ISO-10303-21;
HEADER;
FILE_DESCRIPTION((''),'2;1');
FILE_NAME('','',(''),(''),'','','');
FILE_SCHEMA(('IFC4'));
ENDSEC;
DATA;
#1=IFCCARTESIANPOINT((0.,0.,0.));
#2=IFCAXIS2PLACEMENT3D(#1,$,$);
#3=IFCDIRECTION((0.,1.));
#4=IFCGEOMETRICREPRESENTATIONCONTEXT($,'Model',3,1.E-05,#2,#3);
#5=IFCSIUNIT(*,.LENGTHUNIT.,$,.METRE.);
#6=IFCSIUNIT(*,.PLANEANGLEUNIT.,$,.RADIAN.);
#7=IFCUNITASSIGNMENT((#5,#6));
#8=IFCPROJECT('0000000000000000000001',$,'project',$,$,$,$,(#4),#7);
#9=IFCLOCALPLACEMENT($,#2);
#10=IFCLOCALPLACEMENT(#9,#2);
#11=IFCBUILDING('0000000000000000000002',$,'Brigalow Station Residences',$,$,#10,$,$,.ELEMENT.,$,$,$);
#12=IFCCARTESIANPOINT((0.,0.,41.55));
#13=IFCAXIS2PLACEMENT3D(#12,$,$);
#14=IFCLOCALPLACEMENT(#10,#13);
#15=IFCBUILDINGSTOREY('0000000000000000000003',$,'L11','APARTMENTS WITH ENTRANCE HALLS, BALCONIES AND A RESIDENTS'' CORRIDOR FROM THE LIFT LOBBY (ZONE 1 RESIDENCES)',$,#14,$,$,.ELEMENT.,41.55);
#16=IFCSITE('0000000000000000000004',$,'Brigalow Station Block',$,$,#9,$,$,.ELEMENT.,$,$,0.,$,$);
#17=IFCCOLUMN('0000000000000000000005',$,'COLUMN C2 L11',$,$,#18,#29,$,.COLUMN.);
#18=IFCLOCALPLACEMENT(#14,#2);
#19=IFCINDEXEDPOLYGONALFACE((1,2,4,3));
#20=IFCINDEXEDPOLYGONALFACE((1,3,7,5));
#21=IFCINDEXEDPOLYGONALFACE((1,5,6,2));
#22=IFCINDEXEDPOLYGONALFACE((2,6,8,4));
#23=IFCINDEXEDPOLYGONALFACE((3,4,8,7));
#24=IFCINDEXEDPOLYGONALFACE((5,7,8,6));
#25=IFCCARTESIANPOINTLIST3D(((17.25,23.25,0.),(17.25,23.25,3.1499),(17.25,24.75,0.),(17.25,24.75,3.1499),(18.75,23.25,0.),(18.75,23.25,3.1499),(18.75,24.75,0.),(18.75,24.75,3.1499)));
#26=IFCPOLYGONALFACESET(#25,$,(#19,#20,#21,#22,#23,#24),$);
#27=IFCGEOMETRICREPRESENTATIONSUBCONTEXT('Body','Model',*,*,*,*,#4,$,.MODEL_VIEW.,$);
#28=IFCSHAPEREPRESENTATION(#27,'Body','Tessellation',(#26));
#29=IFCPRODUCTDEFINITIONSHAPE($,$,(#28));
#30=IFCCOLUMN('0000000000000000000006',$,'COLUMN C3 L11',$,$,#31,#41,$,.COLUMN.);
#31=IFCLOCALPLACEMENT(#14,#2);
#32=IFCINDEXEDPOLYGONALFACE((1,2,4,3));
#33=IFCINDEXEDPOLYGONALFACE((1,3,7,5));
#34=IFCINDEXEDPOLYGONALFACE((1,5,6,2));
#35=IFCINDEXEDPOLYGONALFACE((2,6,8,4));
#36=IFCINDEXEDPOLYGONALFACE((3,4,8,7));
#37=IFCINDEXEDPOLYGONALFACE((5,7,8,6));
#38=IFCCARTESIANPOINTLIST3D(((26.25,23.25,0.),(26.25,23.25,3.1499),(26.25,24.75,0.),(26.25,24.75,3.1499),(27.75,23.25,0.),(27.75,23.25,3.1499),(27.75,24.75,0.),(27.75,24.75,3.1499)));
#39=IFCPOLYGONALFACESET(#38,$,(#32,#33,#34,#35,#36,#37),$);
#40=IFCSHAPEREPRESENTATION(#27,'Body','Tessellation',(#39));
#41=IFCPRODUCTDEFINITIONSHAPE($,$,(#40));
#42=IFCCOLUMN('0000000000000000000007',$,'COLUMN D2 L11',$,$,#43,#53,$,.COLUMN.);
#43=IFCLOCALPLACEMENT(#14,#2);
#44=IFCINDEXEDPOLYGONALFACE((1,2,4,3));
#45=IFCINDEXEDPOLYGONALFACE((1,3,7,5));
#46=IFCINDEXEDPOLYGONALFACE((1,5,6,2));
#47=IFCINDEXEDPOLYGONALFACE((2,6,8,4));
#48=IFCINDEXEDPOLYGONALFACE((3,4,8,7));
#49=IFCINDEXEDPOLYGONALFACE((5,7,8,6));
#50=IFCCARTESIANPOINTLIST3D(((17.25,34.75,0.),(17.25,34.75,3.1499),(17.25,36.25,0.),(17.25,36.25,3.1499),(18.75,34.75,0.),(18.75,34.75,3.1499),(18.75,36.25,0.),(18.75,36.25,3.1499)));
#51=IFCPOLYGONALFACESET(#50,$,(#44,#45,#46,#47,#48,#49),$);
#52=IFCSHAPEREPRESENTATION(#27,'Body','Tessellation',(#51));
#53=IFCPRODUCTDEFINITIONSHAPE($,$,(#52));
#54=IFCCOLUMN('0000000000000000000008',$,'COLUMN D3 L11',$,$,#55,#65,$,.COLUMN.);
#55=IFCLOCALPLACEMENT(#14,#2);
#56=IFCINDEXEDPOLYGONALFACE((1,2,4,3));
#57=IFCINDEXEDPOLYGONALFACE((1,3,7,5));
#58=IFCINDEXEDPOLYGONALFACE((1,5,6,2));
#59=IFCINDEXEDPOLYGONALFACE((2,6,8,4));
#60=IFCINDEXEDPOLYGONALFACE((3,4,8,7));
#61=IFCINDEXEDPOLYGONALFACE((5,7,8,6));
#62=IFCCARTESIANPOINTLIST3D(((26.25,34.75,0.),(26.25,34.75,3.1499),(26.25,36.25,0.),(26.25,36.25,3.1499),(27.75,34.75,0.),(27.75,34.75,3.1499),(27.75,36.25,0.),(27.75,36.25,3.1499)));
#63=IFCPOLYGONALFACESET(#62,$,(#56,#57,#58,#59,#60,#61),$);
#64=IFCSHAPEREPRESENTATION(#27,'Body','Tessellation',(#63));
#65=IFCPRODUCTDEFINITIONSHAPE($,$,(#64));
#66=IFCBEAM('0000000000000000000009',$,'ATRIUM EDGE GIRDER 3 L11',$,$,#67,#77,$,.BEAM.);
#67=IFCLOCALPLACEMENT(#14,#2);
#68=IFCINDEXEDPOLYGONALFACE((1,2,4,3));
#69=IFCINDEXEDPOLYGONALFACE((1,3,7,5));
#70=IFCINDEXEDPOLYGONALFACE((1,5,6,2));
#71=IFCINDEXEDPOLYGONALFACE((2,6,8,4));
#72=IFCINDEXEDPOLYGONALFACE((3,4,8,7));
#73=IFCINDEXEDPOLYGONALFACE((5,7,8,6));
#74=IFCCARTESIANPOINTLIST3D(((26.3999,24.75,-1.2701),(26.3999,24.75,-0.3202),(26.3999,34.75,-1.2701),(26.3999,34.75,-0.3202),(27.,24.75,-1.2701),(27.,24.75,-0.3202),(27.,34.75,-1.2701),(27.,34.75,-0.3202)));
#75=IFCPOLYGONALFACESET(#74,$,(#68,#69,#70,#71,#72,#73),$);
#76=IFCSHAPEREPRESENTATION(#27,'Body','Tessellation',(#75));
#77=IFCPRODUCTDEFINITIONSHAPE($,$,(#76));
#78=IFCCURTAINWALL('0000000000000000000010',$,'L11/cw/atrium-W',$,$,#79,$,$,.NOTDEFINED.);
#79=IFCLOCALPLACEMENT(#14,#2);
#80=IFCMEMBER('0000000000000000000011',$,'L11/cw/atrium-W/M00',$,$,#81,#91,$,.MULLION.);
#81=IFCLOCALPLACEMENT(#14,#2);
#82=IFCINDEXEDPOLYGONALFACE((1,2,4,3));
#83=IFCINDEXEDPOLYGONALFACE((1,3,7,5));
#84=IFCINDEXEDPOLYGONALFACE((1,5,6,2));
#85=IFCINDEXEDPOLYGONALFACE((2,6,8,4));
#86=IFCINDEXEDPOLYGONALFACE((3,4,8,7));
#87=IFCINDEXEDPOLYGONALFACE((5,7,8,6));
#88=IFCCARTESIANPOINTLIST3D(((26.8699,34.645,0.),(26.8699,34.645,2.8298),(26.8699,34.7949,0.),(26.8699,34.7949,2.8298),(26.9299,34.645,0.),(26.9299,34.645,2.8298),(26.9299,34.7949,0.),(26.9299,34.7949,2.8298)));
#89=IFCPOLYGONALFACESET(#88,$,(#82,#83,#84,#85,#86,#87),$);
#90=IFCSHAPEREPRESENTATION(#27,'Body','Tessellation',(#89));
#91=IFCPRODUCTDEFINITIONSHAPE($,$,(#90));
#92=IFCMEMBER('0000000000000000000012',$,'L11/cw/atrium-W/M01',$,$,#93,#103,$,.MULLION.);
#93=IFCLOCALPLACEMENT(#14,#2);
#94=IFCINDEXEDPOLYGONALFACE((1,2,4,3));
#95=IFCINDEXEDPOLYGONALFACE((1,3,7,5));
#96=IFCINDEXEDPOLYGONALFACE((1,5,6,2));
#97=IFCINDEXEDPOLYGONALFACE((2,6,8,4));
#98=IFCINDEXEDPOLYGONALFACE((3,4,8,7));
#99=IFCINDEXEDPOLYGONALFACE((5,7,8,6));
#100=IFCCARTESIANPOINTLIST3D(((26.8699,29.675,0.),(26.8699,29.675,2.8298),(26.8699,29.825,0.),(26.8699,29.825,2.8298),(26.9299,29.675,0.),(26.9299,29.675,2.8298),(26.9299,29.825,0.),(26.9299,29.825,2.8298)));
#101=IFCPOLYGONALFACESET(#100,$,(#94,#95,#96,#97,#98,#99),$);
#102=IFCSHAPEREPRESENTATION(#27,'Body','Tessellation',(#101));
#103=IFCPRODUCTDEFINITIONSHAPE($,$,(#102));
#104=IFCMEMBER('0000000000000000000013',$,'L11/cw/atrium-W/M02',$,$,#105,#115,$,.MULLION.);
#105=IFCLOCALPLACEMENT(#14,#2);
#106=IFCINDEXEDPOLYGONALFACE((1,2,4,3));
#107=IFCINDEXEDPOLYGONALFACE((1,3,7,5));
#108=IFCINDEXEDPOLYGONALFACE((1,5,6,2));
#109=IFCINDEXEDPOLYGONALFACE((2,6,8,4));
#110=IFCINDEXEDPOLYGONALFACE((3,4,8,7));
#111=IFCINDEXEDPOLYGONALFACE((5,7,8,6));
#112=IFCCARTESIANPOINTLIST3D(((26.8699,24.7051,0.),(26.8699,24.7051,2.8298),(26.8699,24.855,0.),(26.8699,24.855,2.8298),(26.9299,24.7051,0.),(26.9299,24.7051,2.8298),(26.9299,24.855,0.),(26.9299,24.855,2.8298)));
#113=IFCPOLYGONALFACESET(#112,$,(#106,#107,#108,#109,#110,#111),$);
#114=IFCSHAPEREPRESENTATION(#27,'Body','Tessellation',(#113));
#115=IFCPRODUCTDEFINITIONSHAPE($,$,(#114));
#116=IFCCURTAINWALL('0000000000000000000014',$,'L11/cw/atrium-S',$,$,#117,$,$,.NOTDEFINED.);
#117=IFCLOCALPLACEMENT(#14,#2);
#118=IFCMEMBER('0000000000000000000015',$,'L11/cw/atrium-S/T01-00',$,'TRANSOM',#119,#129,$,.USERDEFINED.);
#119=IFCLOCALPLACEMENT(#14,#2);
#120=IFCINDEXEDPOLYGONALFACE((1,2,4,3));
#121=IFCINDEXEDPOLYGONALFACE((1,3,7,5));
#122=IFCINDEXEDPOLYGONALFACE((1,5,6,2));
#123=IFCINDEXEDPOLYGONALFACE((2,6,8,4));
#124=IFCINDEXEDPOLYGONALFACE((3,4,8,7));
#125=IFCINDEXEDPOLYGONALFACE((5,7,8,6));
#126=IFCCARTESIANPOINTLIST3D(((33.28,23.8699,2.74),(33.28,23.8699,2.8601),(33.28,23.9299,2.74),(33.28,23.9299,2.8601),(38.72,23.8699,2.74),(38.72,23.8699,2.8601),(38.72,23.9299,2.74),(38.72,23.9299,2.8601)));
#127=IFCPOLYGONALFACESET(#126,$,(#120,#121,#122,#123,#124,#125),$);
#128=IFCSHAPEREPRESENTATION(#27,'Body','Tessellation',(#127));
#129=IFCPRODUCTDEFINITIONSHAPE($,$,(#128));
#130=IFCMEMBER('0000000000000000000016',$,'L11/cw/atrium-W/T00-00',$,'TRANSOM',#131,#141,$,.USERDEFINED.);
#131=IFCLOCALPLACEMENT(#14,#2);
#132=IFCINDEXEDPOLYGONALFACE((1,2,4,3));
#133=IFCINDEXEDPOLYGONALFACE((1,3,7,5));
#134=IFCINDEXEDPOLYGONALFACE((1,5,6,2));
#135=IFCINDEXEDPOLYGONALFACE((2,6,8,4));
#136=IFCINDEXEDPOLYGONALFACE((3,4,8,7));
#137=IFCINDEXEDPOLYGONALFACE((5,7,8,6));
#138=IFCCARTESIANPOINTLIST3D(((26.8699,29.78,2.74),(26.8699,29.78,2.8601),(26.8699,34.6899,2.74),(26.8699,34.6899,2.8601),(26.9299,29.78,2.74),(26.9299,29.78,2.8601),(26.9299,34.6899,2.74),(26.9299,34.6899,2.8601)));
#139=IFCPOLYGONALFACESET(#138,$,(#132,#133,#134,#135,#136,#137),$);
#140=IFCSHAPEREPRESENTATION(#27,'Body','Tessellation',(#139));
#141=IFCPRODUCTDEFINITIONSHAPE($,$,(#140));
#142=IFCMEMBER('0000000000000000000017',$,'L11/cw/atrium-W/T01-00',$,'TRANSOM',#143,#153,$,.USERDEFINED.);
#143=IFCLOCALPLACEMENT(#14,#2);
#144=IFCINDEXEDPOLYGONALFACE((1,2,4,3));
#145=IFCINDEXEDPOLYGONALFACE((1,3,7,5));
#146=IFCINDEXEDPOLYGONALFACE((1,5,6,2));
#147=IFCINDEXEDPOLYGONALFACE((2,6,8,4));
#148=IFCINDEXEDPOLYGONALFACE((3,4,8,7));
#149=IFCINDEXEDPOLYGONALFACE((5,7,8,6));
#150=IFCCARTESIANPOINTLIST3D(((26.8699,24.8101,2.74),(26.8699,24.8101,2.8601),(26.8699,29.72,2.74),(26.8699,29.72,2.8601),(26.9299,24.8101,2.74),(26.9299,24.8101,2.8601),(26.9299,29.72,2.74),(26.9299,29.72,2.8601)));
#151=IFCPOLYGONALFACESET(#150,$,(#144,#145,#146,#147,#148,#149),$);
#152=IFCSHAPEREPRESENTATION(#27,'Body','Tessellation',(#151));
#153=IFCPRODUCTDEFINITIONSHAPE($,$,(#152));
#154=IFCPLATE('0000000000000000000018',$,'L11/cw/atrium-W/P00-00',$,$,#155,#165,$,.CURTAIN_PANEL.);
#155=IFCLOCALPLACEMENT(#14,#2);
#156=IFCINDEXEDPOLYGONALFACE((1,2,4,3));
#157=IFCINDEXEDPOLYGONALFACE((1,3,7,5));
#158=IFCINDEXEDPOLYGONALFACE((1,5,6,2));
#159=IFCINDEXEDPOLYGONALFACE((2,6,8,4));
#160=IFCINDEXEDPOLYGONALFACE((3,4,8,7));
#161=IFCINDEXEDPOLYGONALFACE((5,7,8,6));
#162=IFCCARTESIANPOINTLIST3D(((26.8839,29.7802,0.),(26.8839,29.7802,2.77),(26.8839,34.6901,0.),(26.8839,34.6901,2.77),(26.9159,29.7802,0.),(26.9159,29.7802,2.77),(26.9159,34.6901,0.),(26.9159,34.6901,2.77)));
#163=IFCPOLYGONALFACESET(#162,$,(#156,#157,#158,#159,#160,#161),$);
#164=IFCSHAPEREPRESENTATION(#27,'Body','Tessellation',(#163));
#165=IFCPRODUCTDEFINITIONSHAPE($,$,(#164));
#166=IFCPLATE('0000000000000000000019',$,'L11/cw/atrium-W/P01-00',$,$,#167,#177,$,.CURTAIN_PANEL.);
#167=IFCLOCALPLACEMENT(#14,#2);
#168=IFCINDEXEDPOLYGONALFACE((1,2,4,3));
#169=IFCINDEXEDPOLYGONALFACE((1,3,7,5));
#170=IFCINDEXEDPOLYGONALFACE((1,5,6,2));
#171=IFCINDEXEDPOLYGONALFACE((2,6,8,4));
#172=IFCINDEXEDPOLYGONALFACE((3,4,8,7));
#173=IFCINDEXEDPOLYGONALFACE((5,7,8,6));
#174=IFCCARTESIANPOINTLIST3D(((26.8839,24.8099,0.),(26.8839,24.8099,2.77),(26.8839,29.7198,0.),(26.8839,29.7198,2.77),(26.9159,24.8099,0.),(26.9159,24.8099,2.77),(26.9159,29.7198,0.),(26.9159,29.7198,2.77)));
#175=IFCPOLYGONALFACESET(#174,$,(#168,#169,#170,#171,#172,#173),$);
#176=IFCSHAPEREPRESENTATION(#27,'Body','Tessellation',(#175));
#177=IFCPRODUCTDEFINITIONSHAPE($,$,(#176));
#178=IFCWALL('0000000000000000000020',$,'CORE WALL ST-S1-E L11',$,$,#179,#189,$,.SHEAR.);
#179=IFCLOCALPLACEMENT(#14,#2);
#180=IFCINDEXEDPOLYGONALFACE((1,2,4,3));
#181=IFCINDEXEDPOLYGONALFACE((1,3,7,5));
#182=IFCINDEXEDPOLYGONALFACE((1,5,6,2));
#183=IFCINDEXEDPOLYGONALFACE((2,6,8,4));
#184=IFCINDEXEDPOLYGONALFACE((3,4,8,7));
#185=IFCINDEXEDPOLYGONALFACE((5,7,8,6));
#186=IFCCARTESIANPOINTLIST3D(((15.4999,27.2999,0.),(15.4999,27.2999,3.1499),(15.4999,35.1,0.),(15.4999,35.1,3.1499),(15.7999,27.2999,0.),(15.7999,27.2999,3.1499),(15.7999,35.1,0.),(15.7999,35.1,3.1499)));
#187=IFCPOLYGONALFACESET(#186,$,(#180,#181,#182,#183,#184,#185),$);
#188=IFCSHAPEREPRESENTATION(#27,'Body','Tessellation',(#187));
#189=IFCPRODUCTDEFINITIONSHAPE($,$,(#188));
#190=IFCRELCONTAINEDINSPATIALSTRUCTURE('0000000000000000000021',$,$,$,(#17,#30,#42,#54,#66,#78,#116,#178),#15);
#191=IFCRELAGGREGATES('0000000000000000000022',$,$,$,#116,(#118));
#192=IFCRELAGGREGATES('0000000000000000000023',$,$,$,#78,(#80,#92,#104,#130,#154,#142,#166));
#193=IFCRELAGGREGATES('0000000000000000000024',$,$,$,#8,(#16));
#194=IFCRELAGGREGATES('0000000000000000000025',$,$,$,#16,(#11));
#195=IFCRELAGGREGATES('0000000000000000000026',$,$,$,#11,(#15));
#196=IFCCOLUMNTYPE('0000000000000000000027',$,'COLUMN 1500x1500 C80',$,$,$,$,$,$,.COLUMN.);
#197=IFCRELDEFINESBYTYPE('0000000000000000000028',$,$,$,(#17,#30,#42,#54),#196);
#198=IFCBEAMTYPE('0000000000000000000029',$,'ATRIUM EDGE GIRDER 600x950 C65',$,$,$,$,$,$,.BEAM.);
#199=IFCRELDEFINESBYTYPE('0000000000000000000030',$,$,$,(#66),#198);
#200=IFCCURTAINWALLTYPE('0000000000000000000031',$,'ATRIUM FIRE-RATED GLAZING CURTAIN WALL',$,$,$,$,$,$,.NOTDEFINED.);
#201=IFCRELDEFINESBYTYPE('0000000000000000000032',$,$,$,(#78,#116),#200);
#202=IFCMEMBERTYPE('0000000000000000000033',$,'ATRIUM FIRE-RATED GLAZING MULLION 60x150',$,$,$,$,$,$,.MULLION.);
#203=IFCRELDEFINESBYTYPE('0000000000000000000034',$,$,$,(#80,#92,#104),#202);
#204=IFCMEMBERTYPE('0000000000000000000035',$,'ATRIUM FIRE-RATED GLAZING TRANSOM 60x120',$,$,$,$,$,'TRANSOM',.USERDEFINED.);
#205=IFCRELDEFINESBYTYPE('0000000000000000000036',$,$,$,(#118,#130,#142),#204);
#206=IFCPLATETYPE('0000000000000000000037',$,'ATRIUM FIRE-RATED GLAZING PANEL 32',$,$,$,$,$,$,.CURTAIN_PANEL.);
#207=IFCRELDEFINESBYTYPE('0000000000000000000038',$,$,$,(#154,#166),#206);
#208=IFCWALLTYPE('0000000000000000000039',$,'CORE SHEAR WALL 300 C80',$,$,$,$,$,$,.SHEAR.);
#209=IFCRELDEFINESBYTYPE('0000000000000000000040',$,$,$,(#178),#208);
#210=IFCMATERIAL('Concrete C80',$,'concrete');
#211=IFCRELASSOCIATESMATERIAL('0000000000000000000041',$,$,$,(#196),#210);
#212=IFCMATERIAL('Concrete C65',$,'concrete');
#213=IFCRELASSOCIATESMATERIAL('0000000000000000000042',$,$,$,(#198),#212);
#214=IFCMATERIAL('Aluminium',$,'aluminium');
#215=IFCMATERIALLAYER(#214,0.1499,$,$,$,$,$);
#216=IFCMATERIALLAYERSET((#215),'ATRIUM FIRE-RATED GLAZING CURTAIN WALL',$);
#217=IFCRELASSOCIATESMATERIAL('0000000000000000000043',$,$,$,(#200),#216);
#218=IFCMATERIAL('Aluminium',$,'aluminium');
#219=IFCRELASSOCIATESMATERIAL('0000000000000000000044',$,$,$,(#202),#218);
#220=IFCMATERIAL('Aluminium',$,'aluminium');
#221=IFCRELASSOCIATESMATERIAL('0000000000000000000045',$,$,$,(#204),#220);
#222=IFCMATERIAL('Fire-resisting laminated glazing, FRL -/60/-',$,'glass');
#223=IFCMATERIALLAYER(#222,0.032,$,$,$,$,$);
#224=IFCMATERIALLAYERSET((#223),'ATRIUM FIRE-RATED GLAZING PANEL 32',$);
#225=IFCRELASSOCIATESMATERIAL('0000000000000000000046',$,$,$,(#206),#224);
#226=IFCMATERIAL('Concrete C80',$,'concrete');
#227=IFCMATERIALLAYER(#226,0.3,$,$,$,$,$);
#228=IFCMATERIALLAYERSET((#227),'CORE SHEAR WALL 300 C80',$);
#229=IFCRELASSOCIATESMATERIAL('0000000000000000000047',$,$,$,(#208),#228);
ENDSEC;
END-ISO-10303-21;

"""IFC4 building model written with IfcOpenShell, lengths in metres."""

from ifc_helpers import new_model, si_unit, direction, frame, frame_2d, origin, origin_2d, place, context, subcontext, project, spatial, rectangle, extrude, material, layer, layer_set, material_profile, profile_set, type_object, element, aggregate, save


model = new_model("IFC4")

# Units and contexts
model_context = context("Model", 3, precision=1e-05, world=origin(), true_north=direction((0.0, 1.0)))
body_context = subcontext(model_context, "Body", "Model", "MODEL_VIEW")
ifc_project = project(units=[si_unit("LENGTHUNIT", "METRE"), si_unit("PLANEANGLEUNIT", "RADIAN")], contexts=[model_context])

# Site, building, storey
site_placement = place(None, origin())
site = spatial("IfcSite", under=ifc_project, at=site_placement, Name="Brigalow Station Block", CompositionType="ELEMENT", RefElevation=0.0)
building_placement = place(site_placement, origin())
building = spatial("IfcBuilding", under=site, at=building_placement, Name="Brigalow Station Residences", CompositionType="ELEMENT")
storey_placement = place(building_placement, frame((0.0, 0.0, 41.55)))
storey = spatial("IfcBuildingStorey", under=building, at=storey_placement, Name="L11", Description="APARTMENTS WITH ENTRANCE HALLS, BALCONIES AND A RESIDENTS' CORRIDOR FROM THE LIFT LOBBY (ZONE 1 RESIDENCES)", CompositionType="ELEMENT", Elevation=41.55)

# Columns
ifc_material_1 = material(Name="Concrete C80", Category="concrete")
ifc_material_profile_1 = material_profile(ifc_material_1, rectangle(XDim=1.5, YDim=1.5, at=origin_2d()), Name="RC1500x1500")
ifc_profile_set_1 = profile_set([ifc_material_profile_1], Name="Concrete C80")
column_type = type_object("IfcColumnType", Name="COLUMN 1500x1500 C80", PredefinedType="COLUMN", material=ifc_profile_set_1)
for number, where, z_axis, x_axis, name in (
    (1, (18.0, 24.0, 0.0), (0.0, 0.0, 1.0), (1.0, 0.0, 0.0), "COLUMN C2 L11"),
    (2, (27.0, 24.0, 0.0), (0.0, 0.0, 1.0), (1.0, 0.0, 0.0), "COLUMN C3 L11"),
    (3, (18.0, 35.5, 0.0), (0.0, 0.0, 1.0), (1.0, 0.0, 0.0), "COLUMN D2 L11"),
    (4, (27.0, 35.5, 0.0), (0.0, 0.0, 1.0), (1.0, 0.0, 0.0), "COLUMN D3 L11"),
):
    element("IfcColumn", number, at=place(storey_placement, frame(where, z_axis=z_axis, x_axis=x_axis)), inside=storey, type_object=column_type, Name=name, PredefinedType="COLUMN", context=body_context, shape_type="SweptSolid", body=[
        extrude(rectangle(XDim=1.5, YDim=1.5, at=origin_2d()), origin(), (0.0, 0.0, 1.0), 3.1499),
    ])

# Beam
ifc_material_2 = material(Name="Concrete C65", Category="concrete")
ifc_material_profile_2 = material_profile(ifc_material_2, rectangle(XDim=0.6001, YDim=0.95, at=origin_2d()), Name="RC600x950")
ifc_profile_set_2 = profile_set([ifc_material_profile_2], Name="Concrete C65")
beam_type = type_object("IfcBeamType", Name="ATRIUM EDGE GIRDER 600x950 C65", PredefinedType="BEAM", material=ifc_profile_set_2)
beam_placement = place(storey_placement, frame((26.7, 24.75, -0.7952), z_axis=(0.0, 1.0, 0.0), x_axis=(-1.0, 0.0, 0.0)))
element("IfcBeam", 5, at=beam_placement, inside=storey, type_object=beam_type, Name="ATRIUM EDGE GIRDER 3 L11", PredefinedType="BEAM", context=body_context, shape_type="SweptSolid", body=[
    extrude(rectangle(XDim=0.6001, YDim=0.95, at=origin_2d()), origin(), (0.0, 0.0, 1.0), 10.0),
])

# Curtain wall, members
ifc_material_3 = material(Name="Aluminium", Category="aluminium")
ifc_layer_1 = layer(ifc_material_3, 0.1499)
ifc_layer_set_1 = layer_set([ifc_layer_1], Name="ATRIUM FIRE-RATED GLAZING CURTAIN WALL")
curtain_wall_type = type_object("IfcCurtainWallType", Name="ATRIUM FIRE-RATED GLAZING CURTAIN WALL", PredefinedType="NOTDEFINED", material=ifc_layer_set_1)
curtain_wall_1_placement = place(storey_placement, origin())
curtain_wall_1 = element("IfcCurtainWall", 6, at=curtain_wall_1_placement, inside=storey, type_object=curtain_wall_type, Name="L11/cw/atrium-W", PredefinedType="NOTDEFINED")
ifc_material_4 = material(Name="Aluminium", Category="aluminium")
ifc_material_profile_3 = material_profile(ifc_material_4, rectangle(XDim=0.0601, YDim=0.1499, at=origin_2d()), Name="ATRIUM FIRE-RATED GLAZING MULLION 60x150")
ifc_profile_set_3 = profile_set([ifc_material_profile_3], Name="Aluminium")
member_type_1 = type_object("IfcMemberType", Name="ATRIUM FIRE-RATED GLAZING MULLION 60x150", PredefinedType="MULLION", material=ifc_profile_set_3)
member_1_placement = place(storey_placement, frame((26.8999, 34.72, 0.0), z_axis=(0.0, 0.0, 1.0), x_axis=(1.0, 0.0, 0.0)))
member_1 = element("IfcMember", 7, at=member_1_placement, type_object=member_type_1, Name="L11/cw/atrium-W/M00", PredefinedType="MULLION", context=body_context, shape_type="SweptSolid", body=[
    extrude(rectangle(XDim=0.0601, YDim=0.1499, at=origin_2d()), origin(), (0.0, 0.0, 1.0), 2.8298),
])
member_2_placement = place(storey_placement, frame((26.8999, 29.75, 0.0), z_axis=(0.0, 0.0, 1.0), x_axis=(1.0, 0.0, 0.0)))
member_2 = element("IfcMember", 8, at=member_2_placement, type_object=member_type_1, Name="L11/cw/atrium-W/M01", PredefinedType="MULLION", context=body_context, shape_type="SweptSolid", body=[
    extrude(rectangle(XDim=0.0601, YDim=0.1499, at=origin_2d()), origin(), (0.0, 0.0, 1.0), 2.8298),
])
member_3_placement = place(storey_placement, frame((26.8999, 24.78, 0.0), z_axis=(0.0, 0.0, 1.0), x_axis=(1.0, 0.0, 0.0)))
member_3 = element("IfcMember", 9, at=member_3_placement, type_object=member_type_1, Name="L11/cw/atrium-W/M02", PredefinedType="MULLION", context=body_context, shape_type="SweptSolid", body=[
    extrude(rectangle(XDim=0.0601, YDim=0.1499, at=origin_2d()), origin(), (0.0, 0.0, 1.0), 2.8298),
])

# Curtain wall, member
curtain_wall_2_placement = place(storey_placement, origin())
curtain_wall_2 = element("IfcCurtainWall", 10, at=curtain_wall_2_placement, inside=storey, type_object=curtain_wall_type, Name="L11/cw/atrium-S", PredefinedType="NOTDEFINED")
ifc_material_5 = material(Name="Aluminium", Category="aluminium")
ifc_material_profile_4 = material_profile(ifc_material_5, rectangle(XDim=0.0601, YDim=0.1201, at=origin_2d()), Name="ATRIUM FIRE-RATED GLAZING TRANSOM 60x120")
ifc_profile_set_4 = profile_set([ifc_material_profile_4], Name="Aluminium")
member_type_2 = type_object("IfcMemberType", Name="ATRIUM FIRE-RATED GLAZING TRANSOM 60x120", ElementType="TRANSOM", PredefinedType="USERDEFINED", material=ifc_profile_set_4)
member_4_placement = place(storey_placement, frame((33.28, 23.8999, 2.8), z_axis=(1.0, 0.0, 0.0), x_axis=(0.0, 1.0, 0.0)))
member_4 = element("IfcMember", 11, at=member_4_placement, type_object=member_type_2, Name="L11/cw/atrium-S/T01-00", ObjectType="TRANSOM", PredefinedType="USERDEFINED", context=body_context, shape_type="SweptSolid", body=[
    extrude(rectangle(XDim=0.0601, YDim=0.1201, at=origin_2d()), origin(), (0.0, 0.0, 1.0), 5.4399),
])
aggregate(curtain_wall_2, [member_4])

# Members
member_5_placement = place(storey_placement, frame((26.8999, 34.6899, 2.8), z_axis=(0.0, -1.0, 0.0), x_axis=(1.0, 0.0, 0.0)))
member_5 = element("IfcMember", 12, at=member_5_placement, type_object=member_type_2, Name="L11/cw/atrium-W/T00-00", ObjectType="TRANSOM", PredefinedType="USERDEFINED", context=body_context, shape_type="SweptSolid", body=[
    extrude(rectangle(XDim=0.0601, YDim=0.1201, at=origin_2d()), origin(), (0.0, 0.0, 1.0), 4.9099),
])
member_6_placement = place(storey_placement, frame((26.8999, 29.72, 2.8), z_axis=(0.0, -1.0, 0.0), x_axis=(1.0, 0.0, 0.0)))
member_6 = element("IfcMember", 13, at=member_6_placement, type_object=member_type_2, Name="L11/cw/atrium-W/T01-00", ObjectType="TRANSOM", PredefinedType="USERDEFINED", context=body_context, shape_type="SweptSolid", body=[
    extrude(rectangle(XDim=0.0601, YDim=0.1201, at=origin_2d()), origin(), (0.0, 0.0, 1.0), 4.9099),
])

# Plates
ifc_material_6 = material(Name="Fire-resisting laminated glazing, FRL -/60/-", Category="glass")
ifc_layer_2 = layer(ifc_material_6, 0.032)
ifc_layer_set_2 = layer_set([ifc_layer_2], Name="ATRIUM FIRE-RATED GLAZING PANEL 32")
plate_type = type_object("IfcPlateType", Name="ATRIUM FIRE-RATED GLAZING PANEL 32", PredefinedType="CURTAIN_PANEL", material=ifc_layer_set_2)
plate_1_placement = place(storey_placement, frame((26.8999, 32.2351, 0.0), z_axis=(0.0, 0.0, 1.0), x_axis=(0.0, -1.0, 0.0)))
plate_1 = element("IfcPlate", 14, at=plate_1_placement, type_object=plate_type, Name="L11/cw/atrium-W/P00-00", PredefinedType="CURTAIN_PANEL", context=body_context, shape_type="SweptSolid", body=[
    extrude(rectangle(XDim=4.9099, YDim=0.032, at=origin_2d()), origin(), (0.0, 0.0, 1.0), 2.77),
])
plate_2_placement = place(storey_placement, frame((26.8999, 27.2649, 0.0), z_axis=(0.0, 0.0, 1.0), x_axis=(0.0, -1.0, 0.0)))
plate_2 = element("IfcPlate", 15, at=plate_2_placement, type_object=plate_type, Name="L11/cw/atrium-W/P01-00", PredefinedType="CURTAIN_PANEL", context=body_context, shape_type="SweptSolid", body=[
    extrude(rectangle(XDim=4.9099, YDim=0.032, at=origin_2d()), origin(), (0.0, 0.0, 1.0), 2.77),
])
aggregate(curtain_wall_1, [member_1, member_2, member_3, member_5, plate_1, member_6, plate_2])

# Wall
ifc_material_7 = material(Name="Concrete C80", Category="concrete")
ifc_layer_3 = layer(ifc_material_7, 0.3)
ifc_layer_set_3 = layer_set([ifc_layer_3], Name="CORE SHEAR WALL 300 C80")
wall_type_1 = type_object("IfcWallType", Name="CORE SHEAR WALL 300 C80", PredefinedType="SHEAR", material=ifc_layer_set_3)
wall_1_placement = place(storey_placement, frame((15.6499, 27.3, 0.0), z_axis=(0.0, 0.0, 1.0), x_axis=(0.0, 1.0, 0.0)))
element("IfcWall", 16, at=wall_1_placement, inside=storey, type_object=wall_type_1, Name="CORE WALL ST-S1-E L11", PredefinedType="SHEAR", context=body_context, shape_type="SweptSolid", body=[
    extrude(rectangle(XDim=7.8, YDim=0.3, at=frame_2d((3.8999, 0.0))), origin(), (0.0, 0.0, 1.0), 3.1499),
])

save(model, "model.ifc")
